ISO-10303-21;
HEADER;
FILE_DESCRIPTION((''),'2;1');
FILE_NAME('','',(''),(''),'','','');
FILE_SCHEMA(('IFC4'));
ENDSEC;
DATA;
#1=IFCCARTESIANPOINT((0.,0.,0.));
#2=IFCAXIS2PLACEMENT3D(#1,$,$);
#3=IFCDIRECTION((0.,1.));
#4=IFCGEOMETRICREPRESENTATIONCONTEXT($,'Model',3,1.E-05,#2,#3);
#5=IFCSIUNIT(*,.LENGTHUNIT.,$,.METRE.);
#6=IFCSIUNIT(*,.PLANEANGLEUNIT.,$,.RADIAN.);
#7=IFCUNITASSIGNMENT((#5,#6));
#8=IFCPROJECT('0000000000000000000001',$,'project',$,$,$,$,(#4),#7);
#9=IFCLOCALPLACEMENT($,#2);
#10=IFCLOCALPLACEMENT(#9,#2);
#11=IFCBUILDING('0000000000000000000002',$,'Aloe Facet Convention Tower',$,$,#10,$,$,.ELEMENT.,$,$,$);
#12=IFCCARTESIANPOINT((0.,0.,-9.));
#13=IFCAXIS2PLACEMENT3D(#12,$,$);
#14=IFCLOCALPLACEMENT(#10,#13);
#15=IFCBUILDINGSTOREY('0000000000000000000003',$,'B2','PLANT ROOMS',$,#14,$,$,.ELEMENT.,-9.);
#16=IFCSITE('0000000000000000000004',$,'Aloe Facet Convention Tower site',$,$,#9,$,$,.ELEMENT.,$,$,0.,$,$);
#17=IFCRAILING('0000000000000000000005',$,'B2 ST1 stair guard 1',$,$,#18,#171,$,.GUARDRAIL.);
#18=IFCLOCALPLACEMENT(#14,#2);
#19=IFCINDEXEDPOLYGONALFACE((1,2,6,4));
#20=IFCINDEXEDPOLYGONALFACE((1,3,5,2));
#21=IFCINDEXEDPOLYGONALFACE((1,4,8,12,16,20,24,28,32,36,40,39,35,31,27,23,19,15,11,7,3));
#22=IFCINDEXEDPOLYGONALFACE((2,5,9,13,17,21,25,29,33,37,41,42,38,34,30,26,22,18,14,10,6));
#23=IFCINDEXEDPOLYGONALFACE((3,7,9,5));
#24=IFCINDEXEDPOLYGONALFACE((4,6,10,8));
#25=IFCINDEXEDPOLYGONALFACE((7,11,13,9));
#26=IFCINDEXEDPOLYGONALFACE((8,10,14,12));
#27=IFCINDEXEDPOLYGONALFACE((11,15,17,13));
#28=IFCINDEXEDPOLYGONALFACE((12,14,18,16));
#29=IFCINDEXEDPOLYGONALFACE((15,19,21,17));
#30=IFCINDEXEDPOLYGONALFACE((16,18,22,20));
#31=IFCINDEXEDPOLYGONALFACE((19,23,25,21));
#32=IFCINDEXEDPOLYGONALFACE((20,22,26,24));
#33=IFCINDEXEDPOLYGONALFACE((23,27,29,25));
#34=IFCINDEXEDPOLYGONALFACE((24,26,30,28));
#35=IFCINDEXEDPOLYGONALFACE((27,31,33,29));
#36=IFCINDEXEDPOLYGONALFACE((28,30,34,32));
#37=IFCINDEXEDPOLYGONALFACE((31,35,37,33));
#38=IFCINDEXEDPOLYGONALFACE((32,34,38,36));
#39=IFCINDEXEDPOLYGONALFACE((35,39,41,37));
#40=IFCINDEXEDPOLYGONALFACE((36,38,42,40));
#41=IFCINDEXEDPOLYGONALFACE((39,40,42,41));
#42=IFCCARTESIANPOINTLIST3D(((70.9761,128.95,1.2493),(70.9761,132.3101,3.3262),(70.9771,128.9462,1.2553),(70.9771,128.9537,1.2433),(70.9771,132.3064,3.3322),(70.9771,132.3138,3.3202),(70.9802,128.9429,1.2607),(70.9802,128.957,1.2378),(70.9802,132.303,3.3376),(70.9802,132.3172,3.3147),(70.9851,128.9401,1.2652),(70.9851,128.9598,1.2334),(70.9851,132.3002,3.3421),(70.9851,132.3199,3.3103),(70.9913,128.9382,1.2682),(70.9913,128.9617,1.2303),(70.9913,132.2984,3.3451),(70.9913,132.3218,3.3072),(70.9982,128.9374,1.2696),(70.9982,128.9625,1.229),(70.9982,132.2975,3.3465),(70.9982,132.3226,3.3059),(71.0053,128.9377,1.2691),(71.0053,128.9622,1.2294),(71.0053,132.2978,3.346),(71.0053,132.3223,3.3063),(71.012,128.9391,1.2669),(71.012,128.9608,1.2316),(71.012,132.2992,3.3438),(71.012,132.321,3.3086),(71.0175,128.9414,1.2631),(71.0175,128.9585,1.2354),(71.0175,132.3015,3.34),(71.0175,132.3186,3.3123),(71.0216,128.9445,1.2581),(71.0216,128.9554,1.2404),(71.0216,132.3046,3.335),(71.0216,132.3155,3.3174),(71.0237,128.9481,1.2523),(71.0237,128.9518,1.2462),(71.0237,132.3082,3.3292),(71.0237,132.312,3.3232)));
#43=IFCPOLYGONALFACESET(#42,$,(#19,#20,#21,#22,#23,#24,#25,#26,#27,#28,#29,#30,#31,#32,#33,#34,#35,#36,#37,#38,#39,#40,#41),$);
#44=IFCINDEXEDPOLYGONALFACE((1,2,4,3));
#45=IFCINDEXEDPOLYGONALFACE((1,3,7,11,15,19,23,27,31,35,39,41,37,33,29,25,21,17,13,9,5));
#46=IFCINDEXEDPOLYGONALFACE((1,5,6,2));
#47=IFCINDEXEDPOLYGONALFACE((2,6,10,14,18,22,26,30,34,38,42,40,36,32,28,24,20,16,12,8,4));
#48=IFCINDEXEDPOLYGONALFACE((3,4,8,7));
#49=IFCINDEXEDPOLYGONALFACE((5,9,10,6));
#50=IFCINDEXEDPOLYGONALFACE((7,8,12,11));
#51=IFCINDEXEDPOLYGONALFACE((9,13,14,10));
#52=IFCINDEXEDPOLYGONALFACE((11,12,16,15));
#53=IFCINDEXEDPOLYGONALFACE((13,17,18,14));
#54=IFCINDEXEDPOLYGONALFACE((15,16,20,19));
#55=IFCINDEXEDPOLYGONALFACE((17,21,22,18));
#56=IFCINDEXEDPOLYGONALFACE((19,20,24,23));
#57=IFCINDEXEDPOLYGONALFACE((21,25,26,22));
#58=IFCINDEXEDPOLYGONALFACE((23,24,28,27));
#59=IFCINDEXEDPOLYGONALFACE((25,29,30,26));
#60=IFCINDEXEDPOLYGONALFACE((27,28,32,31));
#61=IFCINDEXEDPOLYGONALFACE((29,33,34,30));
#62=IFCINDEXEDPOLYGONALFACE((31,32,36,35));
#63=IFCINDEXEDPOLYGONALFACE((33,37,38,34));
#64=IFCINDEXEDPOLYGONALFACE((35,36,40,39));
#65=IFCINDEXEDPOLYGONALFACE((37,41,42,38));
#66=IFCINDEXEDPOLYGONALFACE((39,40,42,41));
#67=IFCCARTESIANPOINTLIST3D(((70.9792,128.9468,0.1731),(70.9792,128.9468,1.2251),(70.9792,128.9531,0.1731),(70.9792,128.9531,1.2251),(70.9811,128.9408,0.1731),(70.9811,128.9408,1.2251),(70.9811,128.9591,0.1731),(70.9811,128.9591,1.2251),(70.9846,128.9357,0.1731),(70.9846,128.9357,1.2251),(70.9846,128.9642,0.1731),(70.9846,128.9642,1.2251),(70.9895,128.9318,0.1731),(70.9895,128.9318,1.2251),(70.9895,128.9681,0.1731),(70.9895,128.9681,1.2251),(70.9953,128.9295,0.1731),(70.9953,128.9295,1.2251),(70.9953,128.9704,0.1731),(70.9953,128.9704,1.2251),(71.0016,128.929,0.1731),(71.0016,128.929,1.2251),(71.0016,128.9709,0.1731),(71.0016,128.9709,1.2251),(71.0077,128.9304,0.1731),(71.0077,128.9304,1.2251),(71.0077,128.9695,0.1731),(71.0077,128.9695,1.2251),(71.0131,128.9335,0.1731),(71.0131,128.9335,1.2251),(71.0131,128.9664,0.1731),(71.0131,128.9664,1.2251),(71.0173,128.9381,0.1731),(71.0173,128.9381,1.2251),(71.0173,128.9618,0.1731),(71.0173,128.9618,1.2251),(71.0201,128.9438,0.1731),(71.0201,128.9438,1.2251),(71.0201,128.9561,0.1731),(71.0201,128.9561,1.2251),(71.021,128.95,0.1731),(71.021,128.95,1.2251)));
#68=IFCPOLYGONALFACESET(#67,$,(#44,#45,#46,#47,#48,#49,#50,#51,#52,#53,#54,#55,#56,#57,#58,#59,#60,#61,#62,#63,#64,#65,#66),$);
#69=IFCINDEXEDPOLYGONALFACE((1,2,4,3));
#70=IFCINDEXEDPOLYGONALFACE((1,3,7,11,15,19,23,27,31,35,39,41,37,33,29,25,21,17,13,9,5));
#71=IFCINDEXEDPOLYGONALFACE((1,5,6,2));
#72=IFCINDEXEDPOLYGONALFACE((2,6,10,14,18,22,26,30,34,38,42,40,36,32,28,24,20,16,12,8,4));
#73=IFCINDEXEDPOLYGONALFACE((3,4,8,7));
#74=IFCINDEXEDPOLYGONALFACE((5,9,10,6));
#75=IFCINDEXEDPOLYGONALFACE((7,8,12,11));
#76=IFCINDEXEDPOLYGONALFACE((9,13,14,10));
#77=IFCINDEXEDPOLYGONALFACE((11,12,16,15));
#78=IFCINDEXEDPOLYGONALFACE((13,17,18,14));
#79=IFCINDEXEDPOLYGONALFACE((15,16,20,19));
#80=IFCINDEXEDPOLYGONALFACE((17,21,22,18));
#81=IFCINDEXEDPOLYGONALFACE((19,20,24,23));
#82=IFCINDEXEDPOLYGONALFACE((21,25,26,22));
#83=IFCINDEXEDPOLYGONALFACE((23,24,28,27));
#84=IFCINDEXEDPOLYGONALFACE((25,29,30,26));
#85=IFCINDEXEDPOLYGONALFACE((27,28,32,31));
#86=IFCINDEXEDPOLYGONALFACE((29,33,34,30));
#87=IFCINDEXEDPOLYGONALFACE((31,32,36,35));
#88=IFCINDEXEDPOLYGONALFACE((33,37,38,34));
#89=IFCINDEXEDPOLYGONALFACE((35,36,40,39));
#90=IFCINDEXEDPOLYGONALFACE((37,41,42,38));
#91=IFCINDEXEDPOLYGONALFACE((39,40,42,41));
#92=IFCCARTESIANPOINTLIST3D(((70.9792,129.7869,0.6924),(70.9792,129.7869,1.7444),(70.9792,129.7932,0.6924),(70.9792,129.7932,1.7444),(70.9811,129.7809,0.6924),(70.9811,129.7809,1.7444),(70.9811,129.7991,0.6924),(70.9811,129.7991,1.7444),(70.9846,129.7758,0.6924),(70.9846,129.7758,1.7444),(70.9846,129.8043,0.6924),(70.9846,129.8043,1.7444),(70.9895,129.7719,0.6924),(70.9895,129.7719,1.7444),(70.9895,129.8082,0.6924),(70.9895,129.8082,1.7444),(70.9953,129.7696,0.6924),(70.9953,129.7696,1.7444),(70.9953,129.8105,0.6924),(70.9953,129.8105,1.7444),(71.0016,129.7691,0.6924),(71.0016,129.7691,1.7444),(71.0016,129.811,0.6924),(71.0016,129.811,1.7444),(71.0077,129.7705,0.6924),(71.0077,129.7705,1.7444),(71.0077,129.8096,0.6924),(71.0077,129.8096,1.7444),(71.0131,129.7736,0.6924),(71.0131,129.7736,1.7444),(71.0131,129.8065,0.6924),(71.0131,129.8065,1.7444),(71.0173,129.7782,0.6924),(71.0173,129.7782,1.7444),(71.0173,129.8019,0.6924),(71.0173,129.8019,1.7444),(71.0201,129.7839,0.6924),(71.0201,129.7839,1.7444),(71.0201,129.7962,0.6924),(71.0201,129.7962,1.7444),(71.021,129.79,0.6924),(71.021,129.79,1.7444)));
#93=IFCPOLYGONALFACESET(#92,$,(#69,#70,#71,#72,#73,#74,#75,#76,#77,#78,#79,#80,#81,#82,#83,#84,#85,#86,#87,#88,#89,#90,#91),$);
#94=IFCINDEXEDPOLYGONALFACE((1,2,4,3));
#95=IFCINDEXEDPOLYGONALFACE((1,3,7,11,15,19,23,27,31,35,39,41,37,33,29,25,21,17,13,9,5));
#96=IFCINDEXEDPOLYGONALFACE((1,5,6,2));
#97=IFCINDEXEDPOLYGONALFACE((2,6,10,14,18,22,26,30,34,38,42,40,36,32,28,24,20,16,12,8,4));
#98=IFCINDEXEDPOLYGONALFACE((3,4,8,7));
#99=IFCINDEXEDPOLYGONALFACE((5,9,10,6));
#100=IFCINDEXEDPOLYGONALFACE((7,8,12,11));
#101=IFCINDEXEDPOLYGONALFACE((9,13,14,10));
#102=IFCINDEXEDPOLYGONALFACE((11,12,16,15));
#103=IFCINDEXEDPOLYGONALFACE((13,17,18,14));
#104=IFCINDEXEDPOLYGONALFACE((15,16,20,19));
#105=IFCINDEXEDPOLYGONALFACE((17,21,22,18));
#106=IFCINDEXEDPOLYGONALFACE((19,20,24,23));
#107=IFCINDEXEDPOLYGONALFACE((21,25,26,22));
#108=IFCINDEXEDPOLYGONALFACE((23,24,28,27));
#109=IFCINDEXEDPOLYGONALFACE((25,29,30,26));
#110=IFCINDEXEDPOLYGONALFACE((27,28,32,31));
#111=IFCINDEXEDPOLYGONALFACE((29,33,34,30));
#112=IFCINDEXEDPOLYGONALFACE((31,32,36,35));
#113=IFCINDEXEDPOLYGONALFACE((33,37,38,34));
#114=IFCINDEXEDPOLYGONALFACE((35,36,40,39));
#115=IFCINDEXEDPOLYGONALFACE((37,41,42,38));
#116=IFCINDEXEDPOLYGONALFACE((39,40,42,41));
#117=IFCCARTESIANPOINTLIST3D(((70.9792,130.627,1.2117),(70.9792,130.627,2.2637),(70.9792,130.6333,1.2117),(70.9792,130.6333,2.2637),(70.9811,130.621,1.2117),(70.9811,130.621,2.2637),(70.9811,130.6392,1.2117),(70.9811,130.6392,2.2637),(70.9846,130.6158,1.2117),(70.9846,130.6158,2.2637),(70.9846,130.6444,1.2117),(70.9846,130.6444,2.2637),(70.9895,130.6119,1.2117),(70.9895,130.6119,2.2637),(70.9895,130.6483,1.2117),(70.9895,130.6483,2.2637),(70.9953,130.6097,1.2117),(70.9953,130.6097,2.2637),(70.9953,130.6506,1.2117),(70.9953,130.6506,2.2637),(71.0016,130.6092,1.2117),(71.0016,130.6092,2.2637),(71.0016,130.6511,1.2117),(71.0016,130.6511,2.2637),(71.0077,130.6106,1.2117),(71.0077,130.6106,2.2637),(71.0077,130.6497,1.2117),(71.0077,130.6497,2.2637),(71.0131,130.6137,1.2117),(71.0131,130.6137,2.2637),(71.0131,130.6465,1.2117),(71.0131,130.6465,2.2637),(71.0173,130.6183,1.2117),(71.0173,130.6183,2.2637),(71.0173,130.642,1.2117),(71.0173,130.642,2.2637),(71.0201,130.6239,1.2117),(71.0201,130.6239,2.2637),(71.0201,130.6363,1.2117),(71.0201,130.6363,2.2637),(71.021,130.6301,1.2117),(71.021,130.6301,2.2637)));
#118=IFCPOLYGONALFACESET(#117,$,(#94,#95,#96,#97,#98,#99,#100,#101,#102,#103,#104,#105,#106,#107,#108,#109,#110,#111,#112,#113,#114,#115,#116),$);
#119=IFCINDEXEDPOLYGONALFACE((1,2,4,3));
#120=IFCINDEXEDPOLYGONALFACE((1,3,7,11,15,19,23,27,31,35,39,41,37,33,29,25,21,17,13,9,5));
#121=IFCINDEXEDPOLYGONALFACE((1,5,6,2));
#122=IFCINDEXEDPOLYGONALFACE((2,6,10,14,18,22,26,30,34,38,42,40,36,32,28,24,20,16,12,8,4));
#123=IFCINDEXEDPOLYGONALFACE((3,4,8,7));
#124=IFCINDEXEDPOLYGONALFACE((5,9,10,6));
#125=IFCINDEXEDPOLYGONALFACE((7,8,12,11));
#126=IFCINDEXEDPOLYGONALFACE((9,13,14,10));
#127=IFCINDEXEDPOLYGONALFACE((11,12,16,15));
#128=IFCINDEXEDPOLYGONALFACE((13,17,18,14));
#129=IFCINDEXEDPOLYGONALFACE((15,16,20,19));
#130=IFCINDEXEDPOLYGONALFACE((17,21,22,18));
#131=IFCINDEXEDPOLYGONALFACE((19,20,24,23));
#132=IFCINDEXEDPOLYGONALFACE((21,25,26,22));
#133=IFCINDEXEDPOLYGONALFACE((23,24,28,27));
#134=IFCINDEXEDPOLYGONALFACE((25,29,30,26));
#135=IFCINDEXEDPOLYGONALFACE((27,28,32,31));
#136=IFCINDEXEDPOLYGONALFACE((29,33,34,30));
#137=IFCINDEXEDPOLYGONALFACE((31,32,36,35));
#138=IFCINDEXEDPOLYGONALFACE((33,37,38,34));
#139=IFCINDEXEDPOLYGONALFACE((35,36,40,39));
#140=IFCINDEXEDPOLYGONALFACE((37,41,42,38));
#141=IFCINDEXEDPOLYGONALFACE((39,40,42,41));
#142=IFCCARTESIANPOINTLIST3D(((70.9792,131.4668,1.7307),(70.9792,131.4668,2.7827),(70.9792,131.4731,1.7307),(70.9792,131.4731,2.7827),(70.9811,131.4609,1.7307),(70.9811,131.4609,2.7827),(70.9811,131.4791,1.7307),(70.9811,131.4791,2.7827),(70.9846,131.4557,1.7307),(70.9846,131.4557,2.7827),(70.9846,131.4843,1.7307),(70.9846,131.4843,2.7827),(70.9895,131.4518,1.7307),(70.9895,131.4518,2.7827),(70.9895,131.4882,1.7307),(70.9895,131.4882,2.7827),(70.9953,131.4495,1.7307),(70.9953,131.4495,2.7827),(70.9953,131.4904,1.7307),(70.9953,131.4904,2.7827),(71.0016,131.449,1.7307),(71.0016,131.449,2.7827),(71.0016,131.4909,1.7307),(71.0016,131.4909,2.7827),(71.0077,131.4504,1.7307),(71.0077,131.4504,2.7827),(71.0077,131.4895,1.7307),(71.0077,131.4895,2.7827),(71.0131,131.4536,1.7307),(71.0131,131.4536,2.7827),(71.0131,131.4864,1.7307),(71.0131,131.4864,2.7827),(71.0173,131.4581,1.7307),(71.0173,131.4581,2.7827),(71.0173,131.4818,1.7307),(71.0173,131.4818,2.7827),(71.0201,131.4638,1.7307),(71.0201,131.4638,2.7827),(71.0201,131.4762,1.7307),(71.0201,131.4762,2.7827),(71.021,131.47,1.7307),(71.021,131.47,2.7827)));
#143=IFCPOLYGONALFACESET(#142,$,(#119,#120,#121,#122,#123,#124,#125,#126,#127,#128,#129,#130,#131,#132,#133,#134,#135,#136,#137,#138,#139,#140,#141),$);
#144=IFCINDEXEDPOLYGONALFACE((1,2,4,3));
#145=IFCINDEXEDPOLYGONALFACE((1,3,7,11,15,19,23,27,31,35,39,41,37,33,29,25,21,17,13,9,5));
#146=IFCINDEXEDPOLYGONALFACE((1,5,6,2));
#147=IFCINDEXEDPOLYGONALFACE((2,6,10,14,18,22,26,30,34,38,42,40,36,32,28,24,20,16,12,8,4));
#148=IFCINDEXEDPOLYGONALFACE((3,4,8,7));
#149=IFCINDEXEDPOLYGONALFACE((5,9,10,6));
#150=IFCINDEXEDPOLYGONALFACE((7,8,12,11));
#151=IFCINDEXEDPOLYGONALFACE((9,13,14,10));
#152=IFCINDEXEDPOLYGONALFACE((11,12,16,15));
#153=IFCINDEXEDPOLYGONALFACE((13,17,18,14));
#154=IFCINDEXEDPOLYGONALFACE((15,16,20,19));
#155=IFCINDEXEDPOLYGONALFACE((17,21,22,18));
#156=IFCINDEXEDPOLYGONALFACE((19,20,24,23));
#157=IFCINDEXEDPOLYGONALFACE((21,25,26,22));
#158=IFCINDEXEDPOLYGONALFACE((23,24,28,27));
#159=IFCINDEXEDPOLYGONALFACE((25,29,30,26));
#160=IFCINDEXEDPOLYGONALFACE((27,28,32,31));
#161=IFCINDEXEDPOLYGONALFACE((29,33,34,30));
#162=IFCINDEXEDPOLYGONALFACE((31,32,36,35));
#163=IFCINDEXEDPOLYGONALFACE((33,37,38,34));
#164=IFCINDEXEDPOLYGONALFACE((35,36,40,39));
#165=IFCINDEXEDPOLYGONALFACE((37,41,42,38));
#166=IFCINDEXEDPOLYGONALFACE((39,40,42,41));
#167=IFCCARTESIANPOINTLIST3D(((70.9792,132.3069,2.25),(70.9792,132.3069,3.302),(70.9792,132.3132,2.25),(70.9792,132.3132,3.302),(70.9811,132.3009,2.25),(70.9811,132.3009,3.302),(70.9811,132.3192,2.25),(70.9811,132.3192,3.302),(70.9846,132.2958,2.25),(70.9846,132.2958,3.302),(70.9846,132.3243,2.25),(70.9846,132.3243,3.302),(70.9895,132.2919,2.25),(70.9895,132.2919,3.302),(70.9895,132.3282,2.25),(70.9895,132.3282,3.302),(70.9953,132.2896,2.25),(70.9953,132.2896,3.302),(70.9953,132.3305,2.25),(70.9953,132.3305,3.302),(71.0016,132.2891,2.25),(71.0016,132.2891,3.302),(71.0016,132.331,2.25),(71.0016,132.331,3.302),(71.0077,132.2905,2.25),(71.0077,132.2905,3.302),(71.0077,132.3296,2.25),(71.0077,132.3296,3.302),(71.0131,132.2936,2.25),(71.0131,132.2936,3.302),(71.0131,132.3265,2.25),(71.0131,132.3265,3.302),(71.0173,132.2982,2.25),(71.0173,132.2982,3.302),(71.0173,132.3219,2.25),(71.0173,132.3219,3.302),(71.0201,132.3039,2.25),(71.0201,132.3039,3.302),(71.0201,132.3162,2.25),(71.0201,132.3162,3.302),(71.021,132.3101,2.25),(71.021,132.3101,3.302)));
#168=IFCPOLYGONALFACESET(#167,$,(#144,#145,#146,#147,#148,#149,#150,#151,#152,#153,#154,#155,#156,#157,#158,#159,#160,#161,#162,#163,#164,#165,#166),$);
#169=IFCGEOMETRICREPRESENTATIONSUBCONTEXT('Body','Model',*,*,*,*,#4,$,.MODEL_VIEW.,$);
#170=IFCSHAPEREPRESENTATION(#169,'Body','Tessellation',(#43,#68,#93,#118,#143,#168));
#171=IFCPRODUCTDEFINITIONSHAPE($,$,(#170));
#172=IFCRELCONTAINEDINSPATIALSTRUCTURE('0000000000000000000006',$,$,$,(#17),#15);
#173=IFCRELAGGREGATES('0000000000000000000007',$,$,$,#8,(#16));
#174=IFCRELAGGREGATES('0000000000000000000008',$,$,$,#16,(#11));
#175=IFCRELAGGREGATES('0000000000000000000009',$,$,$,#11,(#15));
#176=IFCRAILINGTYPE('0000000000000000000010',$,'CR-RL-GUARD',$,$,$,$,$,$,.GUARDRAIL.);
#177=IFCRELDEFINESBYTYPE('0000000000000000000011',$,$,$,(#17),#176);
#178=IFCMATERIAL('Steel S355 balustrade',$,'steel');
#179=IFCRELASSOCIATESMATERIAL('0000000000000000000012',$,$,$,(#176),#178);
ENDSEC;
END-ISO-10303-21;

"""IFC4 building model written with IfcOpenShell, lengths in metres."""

from ifc_helpers import new_model, si_unit, direction, frame, origin, origin_2d, place, context, subcontext, project, spatial, circle, extrude, material, type_object, element, save


model = new_model("IFC4")

# Units and contexts
model_context = context("Model", 3, precision=1e-05, world=origin(), true_north=direction((0.0, 1.0)))
body_context = subcontext(model_context, "Body", "Model", "MODEL_VIEW")
ifc_project = project(units=[si_unit("LENGTHUNIT", "METRE"), si_unit("PLANEANGLEUNIT", "RADIAN")], contexts=[model_context])

# Site, building, storey
site_placement = place(None, origin())
site = spatial("IfcSite", under=ifc_project, at=site_placement, Name="Aloe Facet Convention Tower site", CompositionType="ELEMENT", RefElevation=0.0)
building_placement = place(site_placement, origin())
building = spatial("IfcBuilding", under=site, at=building_placement, Name="Aloe Facet Convention Tower", CompositionType="ELEMENT")
storey_placement = place(building_placement, frame((0.0, 0.0, -9.0)))
storey = spatial("IfcBuildingStorey", under=building, at=storey_placement, Name="B2", Description="PLANT ROOMS", CompositionType="ELEMENT", Elevation=-9.0)

# Railing
ifc_material_1 = material(Name="Steel S355 balustrade", Category="steel")
railing_type_1 = type_object("IfcRailingType", Name="CR-RL-GUARD", PredefinedType="GUARDRAIL", material=ifc_material_1)
railing_1_placement = place(storey_placement, frame((71.0, 128.95, 0.1731)))
element("IfcRailing", 1, at=railing_1_placement, inside=storey, type_object=railing_type_1, Name="B2 ST1 stair guard 1", PredefinedType="GUARDRAIL", context=body_context, shape_type="SweptSolid", body=[
    extrude(circle(Radius=0.0239, at=origin_2d()), frame((0.0, 0.0, 1.0762), z_axis=(0.0, 0.850623, 0.525776), x_axis=(-1.0, 0.0, 0.0)), (0.0, 0.0, 1.0), 3.9502),
    extrude(circle(Radius=0.021, at=origin_2d()), origin(), (0.0, 0.0, 1.0), 1.052),
    extrude(circle(Radius=0.021, at=origin_2d()), frame((0.0, 0.8401, 0.5193)), (0.0, 0.0, 1.0), 1.052),
    extrude(circle(Radius=0.021, at=origin_2d()), frame((0.0, 1.6802, 1.0386)), (0.0, 0.0, 1.0), 1.052),
    extrude(circle(Radius=0.021, at=origin_2d()), frame((0.0, 2.52, 1.5576)), (0.0, 0.0, 1.0), 1.052),
    extrude(circle(Radius=0.021, at=origin_2d()), frame((0.0, 3.3601, 2.0769)), (0.0, 0.0, 1.0), 1.052),
])

save(model, "model.ifc")
